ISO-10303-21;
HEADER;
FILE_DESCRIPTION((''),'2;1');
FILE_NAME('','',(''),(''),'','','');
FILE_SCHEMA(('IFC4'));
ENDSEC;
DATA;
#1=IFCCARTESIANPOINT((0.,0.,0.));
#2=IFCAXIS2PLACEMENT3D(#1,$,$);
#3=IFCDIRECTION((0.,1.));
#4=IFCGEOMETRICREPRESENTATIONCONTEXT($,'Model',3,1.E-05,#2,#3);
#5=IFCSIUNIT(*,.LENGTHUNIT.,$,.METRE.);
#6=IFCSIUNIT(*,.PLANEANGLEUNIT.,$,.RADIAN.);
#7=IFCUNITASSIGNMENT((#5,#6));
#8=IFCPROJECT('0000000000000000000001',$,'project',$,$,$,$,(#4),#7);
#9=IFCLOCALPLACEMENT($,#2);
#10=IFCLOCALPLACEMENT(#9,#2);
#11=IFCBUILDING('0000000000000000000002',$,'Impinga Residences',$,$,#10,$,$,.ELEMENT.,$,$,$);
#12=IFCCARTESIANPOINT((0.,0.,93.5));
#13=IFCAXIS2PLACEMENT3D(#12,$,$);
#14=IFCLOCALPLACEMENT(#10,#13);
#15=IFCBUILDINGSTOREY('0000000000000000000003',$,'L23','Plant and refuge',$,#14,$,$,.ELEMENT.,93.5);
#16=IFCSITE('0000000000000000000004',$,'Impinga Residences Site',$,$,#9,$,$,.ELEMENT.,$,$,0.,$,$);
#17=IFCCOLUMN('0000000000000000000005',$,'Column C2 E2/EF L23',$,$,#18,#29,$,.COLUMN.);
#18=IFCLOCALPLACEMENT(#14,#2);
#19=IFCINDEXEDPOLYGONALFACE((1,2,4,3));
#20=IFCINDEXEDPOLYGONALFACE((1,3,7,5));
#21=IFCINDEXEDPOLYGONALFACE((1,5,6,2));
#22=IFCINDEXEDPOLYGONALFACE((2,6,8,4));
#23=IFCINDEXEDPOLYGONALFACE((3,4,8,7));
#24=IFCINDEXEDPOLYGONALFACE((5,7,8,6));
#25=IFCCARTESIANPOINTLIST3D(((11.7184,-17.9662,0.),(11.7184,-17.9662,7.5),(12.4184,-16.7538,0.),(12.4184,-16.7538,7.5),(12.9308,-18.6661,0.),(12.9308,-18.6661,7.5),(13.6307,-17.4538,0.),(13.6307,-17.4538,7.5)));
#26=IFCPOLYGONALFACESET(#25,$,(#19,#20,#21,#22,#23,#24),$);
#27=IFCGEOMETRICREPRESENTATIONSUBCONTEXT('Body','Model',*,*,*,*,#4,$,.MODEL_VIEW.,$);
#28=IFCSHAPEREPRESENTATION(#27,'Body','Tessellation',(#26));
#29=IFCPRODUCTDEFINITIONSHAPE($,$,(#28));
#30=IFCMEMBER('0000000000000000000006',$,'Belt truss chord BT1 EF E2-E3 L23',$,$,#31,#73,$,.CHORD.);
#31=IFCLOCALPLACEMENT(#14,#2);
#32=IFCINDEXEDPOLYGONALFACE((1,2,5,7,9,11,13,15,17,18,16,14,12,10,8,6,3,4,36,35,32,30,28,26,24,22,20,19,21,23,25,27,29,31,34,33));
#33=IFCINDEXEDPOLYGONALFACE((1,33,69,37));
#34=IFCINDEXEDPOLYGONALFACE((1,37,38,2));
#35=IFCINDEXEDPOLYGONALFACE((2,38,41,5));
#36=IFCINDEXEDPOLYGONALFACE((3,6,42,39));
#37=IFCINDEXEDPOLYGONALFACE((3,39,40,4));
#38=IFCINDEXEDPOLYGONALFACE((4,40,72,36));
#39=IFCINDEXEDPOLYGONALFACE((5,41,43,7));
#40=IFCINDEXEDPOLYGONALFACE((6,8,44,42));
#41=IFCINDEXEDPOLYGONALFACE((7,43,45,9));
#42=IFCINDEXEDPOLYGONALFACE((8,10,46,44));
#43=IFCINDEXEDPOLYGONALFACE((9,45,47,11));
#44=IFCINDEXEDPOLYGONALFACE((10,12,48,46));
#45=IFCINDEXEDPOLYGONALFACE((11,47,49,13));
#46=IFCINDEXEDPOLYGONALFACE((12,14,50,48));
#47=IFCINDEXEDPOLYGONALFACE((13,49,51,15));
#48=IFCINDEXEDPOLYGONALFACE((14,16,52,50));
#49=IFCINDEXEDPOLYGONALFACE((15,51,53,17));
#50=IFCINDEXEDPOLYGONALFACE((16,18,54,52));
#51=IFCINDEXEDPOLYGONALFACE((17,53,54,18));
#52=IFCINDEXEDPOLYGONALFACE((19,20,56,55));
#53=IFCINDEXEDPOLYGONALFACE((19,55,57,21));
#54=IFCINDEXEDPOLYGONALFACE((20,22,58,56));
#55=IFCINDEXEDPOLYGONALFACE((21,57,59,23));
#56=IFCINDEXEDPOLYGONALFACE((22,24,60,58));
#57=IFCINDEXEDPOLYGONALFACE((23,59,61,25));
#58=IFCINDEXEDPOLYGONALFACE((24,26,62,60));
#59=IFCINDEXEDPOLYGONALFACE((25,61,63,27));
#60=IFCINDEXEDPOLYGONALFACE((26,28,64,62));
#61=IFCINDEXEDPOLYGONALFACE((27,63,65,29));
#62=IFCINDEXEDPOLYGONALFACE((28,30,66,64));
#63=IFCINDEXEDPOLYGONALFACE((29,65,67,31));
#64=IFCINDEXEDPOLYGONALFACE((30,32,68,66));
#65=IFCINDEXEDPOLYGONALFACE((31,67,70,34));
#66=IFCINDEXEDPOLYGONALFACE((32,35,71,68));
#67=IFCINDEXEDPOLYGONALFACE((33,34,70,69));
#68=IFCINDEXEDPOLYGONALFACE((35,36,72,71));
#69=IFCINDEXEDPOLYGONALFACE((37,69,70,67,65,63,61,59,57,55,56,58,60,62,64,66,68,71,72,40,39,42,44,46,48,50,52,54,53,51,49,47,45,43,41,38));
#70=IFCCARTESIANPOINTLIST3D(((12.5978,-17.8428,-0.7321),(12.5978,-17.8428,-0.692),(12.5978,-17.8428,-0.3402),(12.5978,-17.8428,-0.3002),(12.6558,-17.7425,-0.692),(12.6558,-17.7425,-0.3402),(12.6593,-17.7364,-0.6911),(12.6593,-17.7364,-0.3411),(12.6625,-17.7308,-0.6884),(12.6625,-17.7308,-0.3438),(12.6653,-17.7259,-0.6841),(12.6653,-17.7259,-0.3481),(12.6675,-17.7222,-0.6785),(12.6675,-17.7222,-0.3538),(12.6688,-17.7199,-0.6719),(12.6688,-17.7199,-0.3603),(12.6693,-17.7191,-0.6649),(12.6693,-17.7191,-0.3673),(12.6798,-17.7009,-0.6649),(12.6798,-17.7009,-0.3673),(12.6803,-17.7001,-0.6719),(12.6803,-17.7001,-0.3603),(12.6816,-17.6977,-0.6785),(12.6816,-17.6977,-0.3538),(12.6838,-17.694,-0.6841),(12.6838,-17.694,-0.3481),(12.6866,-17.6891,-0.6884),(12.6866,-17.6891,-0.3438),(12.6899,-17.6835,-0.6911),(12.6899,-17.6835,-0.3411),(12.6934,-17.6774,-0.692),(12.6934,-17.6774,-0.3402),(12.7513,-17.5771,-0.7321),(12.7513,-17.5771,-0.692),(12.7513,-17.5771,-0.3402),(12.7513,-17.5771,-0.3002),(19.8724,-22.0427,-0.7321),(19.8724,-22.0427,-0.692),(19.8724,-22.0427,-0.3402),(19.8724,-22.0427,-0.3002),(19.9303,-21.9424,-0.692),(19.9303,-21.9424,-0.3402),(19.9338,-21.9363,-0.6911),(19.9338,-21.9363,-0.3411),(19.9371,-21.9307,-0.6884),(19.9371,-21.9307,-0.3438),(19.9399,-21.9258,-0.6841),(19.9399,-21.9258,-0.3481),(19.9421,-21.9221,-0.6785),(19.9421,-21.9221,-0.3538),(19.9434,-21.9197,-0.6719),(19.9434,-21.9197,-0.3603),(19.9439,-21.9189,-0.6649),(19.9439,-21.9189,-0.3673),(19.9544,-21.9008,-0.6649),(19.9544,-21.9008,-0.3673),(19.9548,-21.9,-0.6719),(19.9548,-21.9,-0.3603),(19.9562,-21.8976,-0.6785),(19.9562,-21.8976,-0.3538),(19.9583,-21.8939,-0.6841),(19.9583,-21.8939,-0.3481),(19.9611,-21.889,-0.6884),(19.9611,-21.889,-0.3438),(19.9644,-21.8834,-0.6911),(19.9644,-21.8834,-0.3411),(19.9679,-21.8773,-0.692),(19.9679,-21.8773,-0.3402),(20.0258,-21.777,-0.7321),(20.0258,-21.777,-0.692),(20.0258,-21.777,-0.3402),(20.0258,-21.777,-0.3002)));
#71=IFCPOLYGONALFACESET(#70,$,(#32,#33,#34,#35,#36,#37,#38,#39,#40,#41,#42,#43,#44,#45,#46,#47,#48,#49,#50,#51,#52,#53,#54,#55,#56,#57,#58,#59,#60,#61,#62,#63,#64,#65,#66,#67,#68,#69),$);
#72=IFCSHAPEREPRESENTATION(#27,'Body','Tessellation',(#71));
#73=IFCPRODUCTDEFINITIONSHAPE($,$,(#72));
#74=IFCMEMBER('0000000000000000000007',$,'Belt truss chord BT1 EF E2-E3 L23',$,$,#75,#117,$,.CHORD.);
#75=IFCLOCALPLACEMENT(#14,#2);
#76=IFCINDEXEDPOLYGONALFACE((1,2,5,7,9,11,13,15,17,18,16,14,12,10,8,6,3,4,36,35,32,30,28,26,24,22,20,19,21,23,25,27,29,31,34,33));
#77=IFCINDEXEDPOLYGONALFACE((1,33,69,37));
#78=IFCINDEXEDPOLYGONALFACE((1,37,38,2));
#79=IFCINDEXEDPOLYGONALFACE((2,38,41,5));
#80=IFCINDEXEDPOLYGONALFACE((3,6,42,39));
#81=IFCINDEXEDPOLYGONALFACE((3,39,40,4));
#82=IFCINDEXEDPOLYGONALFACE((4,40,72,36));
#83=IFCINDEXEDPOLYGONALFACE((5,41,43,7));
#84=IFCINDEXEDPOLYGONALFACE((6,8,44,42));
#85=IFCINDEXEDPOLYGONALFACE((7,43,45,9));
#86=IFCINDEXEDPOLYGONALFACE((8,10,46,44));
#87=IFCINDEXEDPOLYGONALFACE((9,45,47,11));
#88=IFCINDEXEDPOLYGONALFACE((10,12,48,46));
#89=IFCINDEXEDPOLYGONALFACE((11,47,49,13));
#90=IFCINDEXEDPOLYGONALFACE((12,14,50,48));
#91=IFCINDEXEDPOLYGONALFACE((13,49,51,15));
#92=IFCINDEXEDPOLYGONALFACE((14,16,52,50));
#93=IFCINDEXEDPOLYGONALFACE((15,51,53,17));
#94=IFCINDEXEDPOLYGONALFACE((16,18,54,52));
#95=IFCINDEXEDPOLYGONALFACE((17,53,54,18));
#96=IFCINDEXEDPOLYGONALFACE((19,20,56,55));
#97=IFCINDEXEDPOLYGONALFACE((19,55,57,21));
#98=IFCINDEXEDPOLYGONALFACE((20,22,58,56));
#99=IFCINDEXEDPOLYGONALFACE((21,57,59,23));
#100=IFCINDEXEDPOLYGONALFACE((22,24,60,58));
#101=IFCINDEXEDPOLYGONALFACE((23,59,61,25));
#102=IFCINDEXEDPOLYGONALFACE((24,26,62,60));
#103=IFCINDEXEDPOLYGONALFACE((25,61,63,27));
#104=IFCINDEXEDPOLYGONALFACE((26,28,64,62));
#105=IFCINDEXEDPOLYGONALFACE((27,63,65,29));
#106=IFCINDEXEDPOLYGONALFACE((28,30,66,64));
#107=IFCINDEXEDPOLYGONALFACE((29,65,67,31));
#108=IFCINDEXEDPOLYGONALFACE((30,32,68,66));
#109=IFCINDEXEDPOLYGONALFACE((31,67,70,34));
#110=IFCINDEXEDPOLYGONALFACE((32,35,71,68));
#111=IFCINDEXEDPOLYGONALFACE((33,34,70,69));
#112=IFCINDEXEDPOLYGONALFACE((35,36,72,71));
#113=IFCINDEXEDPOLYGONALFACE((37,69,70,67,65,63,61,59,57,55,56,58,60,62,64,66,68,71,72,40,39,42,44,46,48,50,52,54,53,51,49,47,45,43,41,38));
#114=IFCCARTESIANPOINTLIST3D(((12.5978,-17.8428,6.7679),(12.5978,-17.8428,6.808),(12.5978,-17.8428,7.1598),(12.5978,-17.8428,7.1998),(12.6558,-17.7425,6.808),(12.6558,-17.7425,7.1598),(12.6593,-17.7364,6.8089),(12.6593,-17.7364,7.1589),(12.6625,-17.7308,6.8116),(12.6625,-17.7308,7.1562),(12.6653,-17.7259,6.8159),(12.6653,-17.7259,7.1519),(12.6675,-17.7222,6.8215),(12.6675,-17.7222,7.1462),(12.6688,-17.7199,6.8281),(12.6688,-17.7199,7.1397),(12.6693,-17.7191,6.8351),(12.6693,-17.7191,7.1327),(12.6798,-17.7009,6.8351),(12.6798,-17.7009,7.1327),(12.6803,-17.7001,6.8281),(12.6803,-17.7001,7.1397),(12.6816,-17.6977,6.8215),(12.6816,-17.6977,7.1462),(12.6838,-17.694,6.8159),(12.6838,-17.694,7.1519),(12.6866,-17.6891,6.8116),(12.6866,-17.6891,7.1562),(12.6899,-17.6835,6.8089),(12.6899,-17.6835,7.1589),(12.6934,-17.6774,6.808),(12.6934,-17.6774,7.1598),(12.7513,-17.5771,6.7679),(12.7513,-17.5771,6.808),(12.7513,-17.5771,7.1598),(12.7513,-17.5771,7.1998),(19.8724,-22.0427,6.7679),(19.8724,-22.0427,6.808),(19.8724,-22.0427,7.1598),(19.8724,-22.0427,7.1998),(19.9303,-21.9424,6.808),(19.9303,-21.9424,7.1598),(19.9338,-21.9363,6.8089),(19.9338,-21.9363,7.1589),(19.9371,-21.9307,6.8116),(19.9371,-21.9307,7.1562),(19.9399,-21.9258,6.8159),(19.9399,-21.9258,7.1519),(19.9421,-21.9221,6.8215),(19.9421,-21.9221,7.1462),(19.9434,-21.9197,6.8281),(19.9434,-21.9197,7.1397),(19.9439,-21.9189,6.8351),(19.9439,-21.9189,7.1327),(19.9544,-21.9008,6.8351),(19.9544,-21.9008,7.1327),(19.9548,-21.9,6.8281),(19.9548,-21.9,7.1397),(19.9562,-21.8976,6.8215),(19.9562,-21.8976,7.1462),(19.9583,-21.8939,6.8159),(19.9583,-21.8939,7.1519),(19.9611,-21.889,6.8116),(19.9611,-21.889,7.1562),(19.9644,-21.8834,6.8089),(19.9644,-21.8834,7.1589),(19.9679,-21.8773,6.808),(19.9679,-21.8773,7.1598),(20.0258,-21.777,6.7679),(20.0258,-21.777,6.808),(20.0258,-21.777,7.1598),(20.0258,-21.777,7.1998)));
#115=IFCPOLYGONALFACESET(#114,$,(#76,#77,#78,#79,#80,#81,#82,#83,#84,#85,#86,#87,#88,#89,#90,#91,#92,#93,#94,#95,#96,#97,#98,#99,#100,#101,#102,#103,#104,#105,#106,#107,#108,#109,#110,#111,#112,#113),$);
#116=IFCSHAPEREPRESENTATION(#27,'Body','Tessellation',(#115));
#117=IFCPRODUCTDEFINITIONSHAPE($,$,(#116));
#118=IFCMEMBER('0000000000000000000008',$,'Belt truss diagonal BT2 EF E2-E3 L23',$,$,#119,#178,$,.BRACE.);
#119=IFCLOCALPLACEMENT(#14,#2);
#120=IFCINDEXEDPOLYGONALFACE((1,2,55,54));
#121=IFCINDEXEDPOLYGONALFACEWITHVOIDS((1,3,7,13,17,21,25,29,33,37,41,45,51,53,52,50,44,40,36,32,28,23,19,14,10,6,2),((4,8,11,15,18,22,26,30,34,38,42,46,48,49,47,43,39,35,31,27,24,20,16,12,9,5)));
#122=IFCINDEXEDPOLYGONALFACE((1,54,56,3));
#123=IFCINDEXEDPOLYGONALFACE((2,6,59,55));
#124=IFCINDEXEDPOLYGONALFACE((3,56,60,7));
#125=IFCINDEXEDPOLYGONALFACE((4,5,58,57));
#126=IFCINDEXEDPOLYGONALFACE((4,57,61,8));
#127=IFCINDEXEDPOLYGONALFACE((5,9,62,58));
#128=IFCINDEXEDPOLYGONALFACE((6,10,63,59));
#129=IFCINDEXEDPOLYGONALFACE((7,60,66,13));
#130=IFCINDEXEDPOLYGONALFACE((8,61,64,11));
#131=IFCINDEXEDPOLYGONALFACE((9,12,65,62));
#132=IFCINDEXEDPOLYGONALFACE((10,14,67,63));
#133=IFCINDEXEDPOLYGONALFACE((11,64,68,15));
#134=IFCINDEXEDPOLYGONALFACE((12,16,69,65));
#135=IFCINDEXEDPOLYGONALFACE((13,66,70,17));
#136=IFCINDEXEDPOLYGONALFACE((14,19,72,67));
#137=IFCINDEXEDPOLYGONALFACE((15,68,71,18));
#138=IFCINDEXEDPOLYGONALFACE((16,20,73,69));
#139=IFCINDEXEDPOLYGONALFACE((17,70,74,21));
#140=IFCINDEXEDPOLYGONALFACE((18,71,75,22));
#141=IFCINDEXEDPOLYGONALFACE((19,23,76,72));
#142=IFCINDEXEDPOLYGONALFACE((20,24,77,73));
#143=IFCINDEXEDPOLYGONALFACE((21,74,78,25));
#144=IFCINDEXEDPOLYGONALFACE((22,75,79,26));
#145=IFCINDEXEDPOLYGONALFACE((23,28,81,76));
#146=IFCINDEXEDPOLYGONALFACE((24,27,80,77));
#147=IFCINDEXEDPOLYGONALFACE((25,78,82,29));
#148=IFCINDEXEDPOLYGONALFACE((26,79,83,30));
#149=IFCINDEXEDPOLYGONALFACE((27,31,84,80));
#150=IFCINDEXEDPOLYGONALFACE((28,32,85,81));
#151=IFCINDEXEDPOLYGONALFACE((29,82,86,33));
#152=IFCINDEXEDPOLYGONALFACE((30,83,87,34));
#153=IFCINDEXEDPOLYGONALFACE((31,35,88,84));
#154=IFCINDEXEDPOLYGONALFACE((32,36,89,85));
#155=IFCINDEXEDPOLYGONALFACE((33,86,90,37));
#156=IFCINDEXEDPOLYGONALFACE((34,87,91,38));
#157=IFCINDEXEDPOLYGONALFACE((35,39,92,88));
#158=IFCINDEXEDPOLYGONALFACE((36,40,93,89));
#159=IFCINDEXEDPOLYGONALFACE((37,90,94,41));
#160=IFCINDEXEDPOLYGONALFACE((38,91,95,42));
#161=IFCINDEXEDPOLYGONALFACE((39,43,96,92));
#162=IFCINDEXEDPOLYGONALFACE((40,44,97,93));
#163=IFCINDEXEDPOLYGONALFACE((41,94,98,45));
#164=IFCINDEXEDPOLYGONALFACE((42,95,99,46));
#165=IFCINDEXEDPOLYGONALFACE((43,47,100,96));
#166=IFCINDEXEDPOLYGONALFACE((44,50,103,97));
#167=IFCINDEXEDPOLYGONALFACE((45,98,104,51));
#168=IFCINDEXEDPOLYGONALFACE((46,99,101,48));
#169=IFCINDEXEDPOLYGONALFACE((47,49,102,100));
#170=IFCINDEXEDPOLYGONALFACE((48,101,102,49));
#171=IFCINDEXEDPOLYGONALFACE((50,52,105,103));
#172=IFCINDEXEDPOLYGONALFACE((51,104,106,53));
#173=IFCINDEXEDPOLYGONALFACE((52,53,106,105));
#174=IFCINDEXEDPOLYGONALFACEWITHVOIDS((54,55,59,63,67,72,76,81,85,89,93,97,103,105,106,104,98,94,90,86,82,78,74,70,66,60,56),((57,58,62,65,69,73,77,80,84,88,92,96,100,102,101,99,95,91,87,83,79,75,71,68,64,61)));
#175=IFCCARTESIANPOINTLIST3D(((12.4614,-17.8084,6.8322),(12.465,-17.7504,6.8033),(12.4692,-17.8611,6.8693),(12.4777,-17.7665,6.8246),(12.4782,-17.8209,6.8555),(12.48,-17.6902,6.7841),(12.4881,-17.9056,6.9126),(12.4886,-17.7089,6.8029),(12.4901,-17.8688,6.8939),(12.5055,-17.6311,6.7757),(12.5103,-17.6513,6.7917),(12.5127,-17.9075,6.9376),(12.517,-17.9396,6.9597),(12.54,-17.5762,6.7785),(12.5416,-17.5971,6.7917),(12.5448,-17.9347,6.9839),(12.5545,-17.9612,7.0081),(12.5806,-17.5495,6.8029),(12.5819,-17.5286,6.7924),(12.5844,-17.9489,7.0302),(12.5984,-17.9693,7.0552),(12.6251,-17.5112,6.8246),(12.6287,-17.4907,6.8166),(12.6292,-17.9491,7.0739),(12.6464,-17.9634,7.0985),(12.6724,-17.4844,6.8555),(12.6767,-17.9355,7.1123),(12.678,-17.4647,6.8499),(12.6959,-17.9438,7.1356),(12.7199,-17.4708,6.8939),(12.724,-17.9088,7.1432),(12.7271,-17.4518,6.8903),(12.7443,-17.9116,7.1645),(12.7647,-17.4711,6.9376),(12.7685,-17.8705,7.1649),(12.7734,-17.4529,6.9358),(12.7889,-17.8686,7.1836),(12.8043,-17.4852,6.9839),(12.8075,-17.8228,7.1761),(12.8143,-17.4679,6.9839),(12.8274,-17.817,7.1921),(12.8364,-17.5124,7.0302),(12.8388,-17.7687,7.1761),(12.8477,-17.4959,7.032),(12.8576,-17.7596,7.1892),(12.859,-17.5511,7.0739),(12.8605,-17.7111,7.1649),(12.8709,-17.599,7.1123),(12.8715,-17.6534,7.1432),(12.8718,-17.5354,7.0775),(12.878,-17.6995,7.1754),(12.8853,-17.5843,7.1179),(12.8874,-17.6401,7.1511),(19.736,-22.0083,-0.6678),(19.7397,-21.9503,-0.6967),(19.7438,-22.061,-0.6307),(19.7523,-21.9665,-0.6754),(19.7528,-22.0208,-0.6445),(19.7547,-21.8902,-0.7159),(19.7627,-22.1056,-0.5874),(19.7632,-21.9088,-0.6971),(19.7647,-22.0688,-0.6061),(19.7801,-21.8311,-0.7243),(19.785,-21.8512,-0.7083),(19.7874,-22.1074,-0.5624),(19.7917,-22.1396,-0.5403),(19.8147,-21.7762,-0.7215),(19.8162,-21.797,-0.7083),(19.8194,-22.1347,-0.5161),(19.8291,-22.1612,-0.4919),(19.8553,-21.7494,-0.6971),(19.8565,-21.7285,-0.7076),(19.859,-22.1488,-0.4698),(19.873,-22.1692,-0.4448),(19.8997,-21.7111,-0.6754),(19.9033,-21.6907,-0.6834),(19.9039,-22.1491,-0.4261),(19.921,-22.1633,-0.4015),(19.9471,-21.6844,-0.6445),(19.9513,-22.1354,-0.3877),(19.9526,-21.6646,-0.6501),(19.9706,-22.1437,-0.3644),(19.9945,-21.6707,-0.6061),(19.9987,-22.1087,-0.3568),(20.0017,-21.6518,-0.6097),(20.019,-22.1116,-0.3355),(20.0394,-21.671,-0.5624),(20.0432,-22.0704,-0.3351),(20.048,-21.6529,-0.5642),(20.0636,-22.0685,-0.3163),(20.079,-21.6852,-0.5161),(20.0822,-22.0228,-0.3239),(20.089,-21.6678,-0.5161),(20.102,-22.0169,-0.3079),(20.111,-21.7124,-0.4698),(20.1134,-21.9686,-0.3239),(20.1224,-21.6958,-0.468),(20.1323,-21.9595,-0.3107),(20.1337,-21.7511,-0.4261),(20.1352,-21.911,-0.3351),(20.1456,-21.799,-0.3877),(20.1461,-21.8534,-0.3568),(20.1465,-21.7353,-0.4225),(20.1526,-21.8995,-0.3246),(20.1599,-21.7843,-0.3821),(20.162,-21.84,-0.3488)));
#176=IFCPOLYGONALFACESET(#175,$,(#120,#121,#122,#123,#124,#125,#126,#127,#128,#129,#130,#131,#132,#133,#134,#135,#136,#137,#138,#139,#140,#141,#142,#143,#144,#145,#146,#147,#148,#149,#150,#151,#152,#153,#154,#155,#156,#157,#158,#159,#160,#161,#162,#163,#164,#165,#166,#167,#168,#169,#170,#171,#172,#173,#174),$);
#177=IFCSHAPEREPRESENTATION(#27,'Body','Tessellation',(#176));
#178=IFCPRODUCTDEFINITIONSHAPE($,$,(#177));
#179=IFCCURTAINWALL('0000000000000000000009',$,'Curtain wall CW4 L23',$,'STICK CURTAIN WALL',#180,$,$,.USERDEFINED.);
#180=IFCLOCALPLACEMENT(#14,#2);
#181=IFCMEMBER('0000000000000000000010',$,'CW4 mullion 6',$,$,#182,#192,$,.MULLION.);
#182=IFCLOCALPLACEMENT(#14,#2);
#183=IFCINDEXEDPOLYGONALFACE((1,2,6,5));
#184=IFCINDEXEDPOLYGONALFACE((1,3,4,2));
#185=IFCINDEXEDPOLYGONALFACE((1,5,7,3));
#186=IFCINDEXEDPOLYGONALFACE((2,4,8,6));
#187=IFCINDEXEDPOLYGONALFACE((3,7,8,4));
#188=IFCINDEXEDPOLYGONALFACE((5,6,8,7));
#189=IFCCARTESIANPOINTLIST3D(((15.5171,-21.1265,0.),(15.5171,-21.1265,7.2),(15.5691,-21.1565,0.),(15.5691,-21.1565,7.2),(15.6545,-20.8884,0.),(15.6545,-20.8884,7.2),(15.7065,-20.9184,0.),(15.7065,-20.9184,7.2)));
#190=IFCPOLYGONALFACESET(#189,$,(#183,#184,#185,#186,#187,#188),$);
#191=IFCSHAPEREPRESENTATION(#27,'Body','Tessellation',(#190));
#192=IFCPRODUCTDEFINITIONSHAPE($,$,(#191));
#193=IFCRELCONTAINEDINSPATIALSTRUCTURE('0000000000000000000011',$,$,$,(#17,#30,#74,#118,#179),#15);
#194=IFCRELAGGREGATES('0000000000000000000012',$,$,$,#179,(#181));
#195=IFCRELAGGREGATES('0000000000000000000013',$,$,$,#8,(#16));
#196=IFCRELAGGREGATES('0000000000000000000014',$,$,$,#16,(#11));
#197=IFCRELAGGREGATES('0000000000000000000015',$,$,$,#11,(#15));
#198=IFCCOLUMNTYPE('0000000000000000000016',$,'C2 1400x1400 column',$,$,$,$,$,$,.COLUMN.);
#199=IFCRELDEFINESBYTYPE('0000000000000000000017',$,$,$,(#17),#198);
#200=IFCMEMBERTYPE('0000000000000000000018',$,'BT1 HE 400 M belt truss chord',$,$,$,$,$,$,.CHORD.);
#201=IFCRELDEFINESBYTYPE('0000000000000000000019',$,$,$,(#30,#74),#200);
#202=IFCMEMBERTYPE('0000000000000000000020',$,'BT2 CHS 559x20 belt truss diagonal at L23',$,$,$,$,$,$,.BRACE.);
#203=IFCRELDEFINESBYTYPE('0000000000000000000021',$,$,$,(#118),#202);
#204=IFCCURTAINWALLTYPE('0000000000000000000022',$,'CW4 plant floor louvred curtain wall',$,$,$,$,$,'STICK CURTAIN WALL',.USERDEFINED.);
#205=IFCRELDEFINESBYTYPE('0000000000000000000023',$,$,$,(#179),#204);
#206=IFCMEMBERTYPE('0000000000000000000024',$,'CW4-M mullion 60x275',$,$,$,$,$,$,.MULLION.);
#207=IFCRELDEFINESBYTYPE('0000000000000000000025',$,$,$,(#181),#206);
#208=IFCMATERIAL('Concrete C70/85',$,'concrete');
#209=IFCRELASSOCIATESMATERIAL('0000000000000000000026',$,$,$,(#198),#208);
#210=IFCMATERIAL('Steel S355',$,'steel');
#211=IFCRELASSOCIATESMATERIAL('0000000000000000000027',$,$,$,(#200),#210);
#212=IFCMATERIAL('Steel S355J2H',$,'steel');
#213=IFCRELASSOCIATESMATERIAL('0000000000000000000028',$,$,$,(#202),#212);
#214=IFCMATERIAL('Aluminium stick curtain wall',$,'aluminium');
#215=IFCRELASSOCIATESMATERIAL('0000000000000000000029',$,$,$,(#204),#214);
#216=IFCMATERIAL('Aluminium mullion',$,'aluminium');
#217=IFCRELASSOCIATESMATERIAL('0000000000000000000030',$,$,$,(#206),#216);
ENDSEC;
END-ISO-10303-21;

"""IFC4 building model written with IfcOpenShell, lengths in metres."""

from ifc_helpers import new_model, si_unit, direction, frame, origin, origin_2d, place, context, subcontext, project, spatial, rectangle, hollow_circle, i_section, extrude, material, material_profile, profile_set, type_object, element, aggregate, save


model = new_model("IFC4")

# Units and contexts
model_context = context("Model", 3, precision=1e-05, world=origin(), true_north=direction((0.0, 1.0)))
body_context = subcontext(model_context, "Body", "Model", "MODEL_VIEW")
ifc_project = project(units=[si_unit("LENGTHUNIT", "METRE"), si_unit("PLANEANGLEUNIT", "RADIAN")], contexts=[model_context])

# Site, building, storey
site_placement = place(None, origin())
site = spatial("IfcSite", under=ifc_project, at=site_placement, Name="Impinga Residences Site", CompositionType="ELEMENT", RefElevation=0.0)
building_placement = place(site_placement, origin())
building = spatial("IfcBuilding", under=site, at=building_placement, Name="Impinga Residences", CompositionType="ELEMENT")
storey_placement = place(building_placement, frame((0.0, 0.0, 93.5)))
storey = spatial("IfcBuildingStorey", under=building, at=storey_placement, Name="L23", Description="Plant and refuge", CompositionType="ELEMENT", Elevation=93.5)

# Column
ifc_material_1 = material(Name="Concrete C70/85", Category="concrete")
ifc_material_profile_1 = material_profile(ifc_material_1, rectangle(XDim=1.3999, YDim=1.3999, at=origin_2d()), Name="RC 1400x1400")
ifc_profile_set_1 = profile_set([ifc_material_profile_1], Name="Concrete C70/85")
column_type = type_object("IfcColumnType", Name="C2 1400x1400 column", PredefinedType="COLUMN", material=ifc_profile_set_1)
column_placement = place(storey_placement, frame((12.6746, -17.71, 0.0), z_axis=(0.0, 0.0, 1.0), x_axis=(-0.5, -0.866025, 0.0)))
element("IfcColumn", 1, at=column_placement, inside=storey, type_object=column_type, Name="Column C2 E2/EF L23", PredefinedType="COLUMN", context=body_context, shape_type="SweptSolid", body=[
    extrude(rectangle(XDim=1.3999, YDim=1.3999, at=origin_2d()), origin(), (0.0, 0.0, 1.0), 7.5),
])

# Members
ifc_material_2 = material(Name="Steel S355", Category="steel")
ifc_material_profile_2 = material_profile(ifc_material_2, i_section(OverallWidth=0.3069, OverallDepth=0.4319, WebThickness=0.021, FlangeThickness=0.04, FilletRadius=0.0271, at=origin_2d()), Name="HE 400 M")
ifc_profile_set_2 = profile_set([ifc_material_profile_2], Name="Steel S355")
member_type_1 = type_object("IfcMemberType", Name="BT1 HE 400 M belt truss chord", PredefinedType="CHORD", material=ifc_profile_set_2)
for number, where, z_axis, x_axis, name in (
    (2, (12.6746, -17.71, -0.5161), (0.866029, -0.499993, 0.0), (0.499993, 0.866029, 0.0), "Belt truss chord BT1 EF E2-E3 L23"),
    (3, (12.6746, -17.71, 6.9839), (0.866029, -0.499993, 0.0), (0.499993, 0.866029, 0.0), "Belt truss chord BT1 EF E2-E3 L23"),
):
    element("IfcMember", number, at=place(storey_placement, frame(where, z_axis=z_axis, x_axis=x_axis)), inside=storey, type_object=member_type_1, Name=name, PredefinedType="CHORD", context=body_context, shape_type="SweptSolid", body=[
        extrude(i_section(OverallWidth=0.3069, OverallDepth=0.4319, WebThickness=0.021, FlangeThickness=0.04, FilletRadius=0.0271, at=origin_2d()), origin(), (0.0, 0.0, 1.0), 8.3999),
    ])
ifc_material_3 = material(Name="Steel S355J2H", Category="steel")
ifc_material_profile_3 = material_profile(ifc_material_3, hollow_circle(Radius=0.2795, WallThickness=0.02, at=origin_2d()), Name="CHS 559x20")
ifc_profile_set_3 = profile_set([ifc_material_profile_3], Name="Steel S355J2H")
member_type_2 = type_object("IfcMemberType", Name="BT2 CHS 559x20 belt truss diagonal at L23", PredefinedType="BRACE", material=ifc_profile_set_3)
member_1_placement = place(storey_placement, frame((12.6746, -17.71, 6.9839), z_axis=(0.646004, -0.372964, -0.666015), x_axis=(0.499993, 0.866029, 0.0)))
element("IfcMember", 4, at=member_1_placement, inside=storey, type_object=member_type_2, Name="Belt truss diagonal BT2 EF E2-E3 L23", PredefinedType="BRACE", context=body_context, shape_type="SweptSolid", body=[
    extrude(hollow_circle(Radius=0.2795, WallThickness=0.02, at=origin_2d()), origin(), (0.0, 0.0, 1.0), 11.261),
])

# Curtain wall, member
ifc_material_4 = material(Name="Aluminium stick curtain wall", Category="aluminium")
curtain_wall_type = type_object("IfcCurtainWallType", Name="CW4 plant floor louvred curtain wall", ElementType="STICK CURTAIN WALL", PredefinedType="USERDEFINED", material=ifc_material_4)
curtain_wall_placement = place(storey_placement, origin())
curtain_wall = element("IfcCurtainWall", 5, at=curtain_wall_placement, inside=storey, type_object=curtain_wall_type, Name="Curtain wall CW4 L23", ObjectType="STICK CURTAIN WALL", PredefinedType="USERDEFINED")
ifc_material_5 = material(Name="Aluminium mullion", Category="aluminium")
ifc_material_profile_4 = material_profile(ifc_material_5, rectangle(XDim=0.0601, YDim=0.2749, at=origin_2d()), Name="60x275 mullion")
ifc_profile_set_4 = profile_set([ifc_material_profile_4], Name="Aluminium mullion")
member_type_3 = type_object("IfcMemberType", Name="CW4-M mullion 60x275", PredefinedType="MULLION", material=ifc_profile_set_4)
member_2_placement = place(storey_placement, frame((15.6118, -21.0225, 0.0), z_axis=(0.0, 0.0, 1.0), x_axis=(-0.866025, 0.5, 0.0)))
member_2 = element("IfcMember", 6, at=member_2_placement, type_object=member_type_3, Name="CW4 mullion 6", PredefinedType="MULLION", context=body_context, shape_type="SweptSolid", body=[
    extrude(rectangle(XDim=0.0601, YDim=0.2749, at=origin_2d()), origin(), (0.0, 0.0, 1.0), 7.2),
])
aggregate(curtain_wall, [member_2])

save(model, "model.ifc")
